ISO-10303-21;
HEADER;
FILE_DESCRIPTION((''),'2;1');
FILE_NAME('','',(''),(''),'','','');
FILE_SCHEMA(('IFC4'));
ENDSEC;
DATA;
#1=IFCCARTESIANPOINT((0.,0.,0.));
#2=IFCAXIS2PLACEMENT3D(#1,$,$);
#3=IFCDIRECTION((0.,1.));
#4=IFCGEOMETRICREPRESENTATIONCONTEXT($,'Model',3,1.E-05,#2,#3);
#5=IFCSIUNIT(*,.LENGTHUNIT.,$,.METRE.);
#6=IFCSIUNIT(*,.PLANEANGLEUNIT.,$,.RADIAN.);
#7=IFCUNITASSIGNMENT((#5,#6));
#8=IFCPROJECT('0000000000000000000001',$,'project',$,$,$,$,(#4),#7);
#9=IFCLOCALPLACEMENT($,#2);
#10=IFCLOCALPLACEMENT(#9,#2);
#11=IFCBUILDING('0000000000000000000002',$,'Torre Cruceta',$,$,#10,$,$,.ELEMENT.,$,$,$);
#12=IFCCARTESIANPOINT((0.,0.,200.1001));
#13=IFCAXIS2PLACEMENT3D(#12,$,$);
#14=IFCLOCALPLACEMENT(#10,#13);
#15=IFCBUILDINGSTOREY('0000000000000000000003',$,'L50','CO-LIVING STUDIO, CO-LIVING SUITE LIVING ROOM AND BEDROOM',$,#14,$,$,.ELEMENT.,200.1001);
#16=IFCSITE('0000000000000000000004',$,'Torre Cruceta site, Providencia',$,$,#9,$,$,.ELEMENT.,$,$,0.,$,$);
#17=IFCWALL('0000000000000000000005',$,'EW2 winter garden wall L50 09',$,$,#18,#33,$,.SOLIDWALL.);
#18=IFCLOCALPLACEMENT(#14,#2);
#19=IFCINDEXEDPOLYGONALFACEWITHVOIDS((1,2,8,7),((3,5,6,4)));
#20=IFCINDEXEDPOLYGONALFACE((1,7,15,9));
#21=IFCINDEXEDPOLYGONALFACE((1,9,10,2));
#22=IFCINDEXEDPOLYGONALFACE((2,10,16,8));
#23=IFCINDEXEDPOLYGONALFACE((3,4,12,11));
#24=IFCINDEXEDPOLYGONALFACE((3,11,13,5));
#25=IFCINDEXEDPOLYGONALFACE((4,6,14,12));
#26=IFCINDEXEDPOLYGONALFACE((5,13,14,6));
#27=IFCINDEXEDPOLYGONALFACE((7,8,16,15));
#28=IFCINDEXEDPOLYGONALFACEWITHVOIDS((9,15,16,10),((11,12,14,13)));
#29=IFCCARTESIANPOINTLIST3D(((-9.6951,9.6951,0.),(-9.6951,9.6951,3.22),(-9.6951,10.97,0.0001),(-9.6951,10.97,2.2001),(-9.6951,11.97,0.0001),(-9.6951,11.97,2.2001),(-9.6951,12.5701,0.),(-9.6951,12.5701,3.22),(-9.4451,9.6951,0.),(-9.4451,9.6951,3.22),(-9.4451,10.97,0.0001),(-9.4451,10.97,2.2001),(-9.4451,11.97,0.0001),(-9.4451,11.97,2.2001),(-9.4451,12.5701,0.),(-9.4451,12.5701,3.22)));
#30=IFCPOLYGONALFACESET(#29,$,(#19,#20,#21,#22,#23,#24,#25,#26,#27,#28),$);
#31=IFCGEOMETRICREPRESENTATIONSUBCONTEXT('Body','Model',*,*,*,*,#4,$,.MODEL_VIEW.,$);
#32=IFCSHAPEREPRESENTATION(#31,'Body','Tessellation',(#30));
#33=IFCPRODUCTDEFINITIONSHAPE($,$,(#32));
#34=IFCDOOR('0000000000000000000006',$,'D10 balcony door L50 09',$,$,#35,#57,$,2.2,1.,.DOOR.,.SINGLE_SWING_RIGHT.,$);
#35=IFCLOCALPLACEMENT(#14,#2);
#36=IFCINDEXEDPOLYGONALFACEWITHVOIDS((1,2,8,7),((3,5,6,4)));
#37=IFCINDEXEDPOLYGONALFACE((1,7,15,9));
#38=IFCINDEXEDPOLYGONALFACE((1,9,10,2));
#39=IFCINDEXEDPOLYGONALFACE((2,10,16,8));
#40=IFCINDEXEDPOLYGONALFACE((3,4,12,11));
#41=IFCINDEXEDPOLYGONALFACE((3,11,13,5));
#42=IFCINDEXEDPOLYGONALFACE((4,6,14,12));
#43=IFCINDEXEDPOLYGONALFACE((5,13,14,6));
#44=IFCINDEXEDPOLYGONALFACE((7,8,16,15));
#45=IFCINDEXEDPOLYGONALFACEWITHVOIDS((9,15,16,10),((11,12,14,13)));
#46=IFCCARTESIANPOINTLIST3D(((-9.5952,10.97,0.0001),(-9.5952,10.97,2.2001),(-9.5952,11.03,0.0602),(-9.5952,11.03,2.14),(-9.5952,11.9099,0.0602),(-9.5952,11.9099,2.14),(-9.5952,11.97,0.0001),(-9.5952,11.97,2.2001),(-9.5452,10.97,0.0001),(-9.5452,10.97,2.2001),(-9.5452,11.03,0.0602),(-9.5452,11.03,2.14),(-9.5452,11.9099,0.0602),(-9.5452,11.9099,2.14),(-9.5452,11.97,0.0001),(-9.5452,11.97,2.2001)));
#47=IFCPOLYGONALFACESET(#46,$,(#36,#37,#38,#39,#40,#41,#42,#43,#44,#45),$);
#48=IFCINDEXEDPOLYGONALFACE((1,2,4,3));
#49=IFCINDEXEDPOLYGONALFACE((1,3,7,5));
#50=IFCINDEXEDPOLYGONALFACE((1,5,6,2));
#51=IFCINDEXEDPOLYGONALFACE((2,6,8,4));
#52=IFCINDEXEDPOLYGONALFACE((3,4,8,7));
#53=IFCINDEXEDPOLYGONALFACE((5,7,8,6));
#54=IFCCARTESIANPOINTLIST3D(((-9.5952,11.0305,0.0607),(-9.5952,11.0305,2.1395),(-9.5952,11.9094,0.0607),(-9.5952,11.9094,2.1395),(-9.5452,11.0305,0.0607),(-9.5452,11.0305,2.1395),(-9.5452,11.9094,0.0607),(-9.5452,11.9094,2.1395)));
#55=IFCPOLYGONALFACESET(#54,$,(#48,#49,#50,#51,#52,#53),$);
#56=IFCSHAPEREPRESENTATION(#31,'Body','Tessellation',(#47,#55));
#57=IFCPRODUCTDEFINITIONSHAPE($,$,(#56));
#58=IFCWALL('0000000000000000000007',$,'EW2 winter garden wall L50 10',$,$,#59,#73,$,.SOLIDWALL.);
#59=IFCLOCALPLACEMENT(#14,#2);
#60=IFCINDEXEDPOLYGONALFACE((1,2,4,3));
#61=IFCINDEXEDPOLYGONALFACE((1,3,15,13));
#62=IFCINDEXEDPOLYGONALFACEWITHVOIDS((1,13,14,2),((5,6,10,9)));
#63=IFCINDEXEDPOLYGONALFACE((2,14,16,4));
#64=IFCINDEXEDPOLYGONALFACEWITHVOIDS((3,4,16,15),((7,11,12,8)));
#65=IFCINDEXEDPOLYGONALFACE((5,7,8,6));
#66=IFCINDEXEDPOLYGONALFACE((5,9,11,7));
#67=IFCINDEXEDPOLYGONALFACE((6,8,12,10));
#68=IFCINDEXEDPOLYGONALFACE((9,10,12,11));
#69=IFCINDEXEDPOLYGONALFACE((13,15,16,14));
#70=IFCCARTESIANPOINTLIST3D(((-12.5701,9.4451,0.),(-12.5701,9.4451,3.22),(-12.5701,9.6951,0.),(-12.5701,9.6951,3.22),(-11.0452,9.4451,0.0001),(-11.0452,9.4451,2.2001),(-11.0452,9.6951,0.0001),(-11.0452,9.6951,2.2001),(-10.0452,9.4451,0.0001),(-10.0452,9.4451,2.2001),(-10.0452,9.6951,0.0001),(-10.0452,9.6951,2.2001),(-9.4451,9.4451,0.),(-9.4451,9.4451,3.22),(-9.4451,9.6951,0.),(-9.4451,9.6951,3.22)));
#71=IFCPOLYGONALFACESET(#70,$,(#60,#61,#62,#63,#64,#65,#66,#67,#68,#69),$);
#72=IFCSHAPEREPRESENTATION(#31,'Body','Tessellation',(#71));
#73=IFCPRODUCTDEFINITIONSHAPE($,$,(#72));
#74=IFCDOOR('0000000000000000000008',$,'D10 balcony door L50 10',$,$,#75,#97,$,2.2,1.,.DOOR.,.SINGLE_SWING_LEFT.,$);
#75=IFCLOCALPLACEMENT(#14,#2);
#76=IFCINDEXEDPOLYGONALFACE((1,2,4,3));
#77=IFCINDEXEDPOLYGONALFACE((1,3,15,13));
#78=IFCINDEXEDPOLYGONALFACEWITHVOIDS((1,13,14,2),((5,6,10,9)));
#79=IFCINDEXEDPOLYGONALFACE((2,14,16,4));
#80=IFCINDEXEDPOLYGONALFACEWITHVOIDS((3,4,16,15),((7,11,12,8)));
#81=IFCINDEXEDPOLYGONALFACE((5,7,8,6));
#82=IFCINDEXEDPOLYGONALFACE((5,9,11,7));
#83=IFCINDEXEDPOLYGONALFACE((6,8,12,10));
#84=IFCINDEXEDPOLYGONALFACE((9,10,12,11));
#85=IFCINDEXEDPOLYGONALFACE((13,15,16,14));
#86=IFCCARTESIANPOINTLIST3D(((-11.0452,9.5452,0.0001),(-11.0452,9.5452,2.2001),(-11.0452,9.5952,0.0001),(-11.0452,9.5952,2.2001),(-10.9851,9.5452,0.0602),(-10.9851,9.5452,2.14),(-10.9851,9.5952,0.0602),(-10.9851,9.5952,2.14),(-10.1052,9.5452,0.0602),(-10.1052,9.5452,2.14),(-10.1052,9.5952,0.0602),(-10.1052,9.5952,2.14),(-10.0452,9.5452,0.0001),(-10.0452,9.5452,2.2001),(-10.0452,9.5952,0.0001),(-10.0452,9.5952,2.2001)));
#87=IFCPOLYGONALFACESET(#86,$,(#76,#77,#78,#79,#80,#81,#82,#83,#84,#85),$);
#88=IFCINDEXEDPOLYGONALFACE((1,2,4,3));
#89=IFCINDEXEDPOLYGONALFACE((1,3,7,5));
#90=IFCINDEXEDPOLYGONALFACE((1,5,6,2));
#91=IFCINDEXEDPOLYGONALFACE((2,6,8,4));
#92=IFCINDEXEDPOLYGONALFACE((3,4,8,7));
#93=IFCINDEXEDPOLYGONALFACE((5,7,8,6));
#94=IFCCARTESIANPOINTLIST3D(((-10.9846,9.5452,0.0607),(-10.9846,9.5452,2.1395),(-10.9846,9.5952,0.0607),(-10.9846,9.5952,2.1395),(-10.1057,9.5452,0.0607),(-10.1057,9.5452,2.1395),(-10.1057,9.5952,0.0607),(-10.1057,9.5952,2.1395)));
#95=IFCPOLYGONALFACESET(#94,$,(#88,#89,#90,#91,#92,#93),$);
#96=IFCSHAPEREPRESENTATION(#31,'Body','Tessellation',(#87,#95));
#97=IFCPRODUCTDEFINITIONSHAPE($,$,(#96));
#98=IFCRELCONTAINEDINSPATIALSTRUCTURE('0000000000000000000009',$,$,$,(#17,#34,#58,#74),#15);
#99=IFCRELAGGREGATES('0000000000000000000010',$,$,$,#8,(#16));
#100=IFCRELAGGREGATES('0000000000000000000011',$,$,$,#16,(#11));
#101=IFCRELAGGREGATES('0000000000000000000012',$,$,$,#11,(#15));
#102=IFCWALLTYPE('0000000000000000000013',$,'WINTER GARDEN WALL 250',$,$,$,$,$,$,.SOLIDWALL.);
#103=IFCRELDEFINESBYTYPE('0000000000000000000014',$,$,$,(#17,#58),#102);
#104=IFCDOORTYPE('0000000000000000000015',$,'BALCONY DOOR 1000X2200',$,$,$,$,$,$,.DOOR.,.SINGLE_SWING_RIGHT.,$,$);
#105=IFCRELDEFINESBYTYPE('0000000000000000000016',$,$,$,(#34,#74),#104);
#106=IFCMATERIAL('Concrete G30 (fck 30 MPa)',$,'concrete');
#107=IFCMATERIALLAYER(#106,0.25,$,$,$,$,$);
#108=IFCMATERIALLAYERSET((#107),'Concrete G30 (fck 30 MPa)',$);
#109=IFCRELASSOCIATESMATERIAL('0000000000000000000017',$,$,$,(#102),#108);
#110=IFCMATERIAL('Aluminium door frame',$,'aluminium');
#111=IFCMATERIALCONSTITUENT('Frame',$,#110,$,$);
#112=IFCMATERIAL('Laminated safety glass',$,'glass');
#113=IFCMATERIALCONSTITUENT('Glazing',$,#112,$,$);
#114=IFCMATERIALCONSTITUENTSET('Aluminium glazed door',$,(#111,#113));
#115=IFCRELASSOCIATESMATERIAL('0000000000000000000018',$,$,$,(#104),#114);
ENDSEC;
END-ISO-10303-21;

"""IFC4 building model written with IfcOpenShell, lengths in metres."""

from ifc_helpers import new_model, si_unit, direction, frame, frame_2d, origin, place, context, subcontext, project, spatial, rectangle, hollow_rectangle, extrude, material, layer, layer_set, constituent, constituent_set, type_object, element, fill, save


model = new_model("IFC4")

# Units and contexts
model_context = context("Model", 3, precision=1e-05, world=origin(), true_north=direction((0.0, 1.0)))
body_context = subcontext(model_context, "Body", "Model", "MODEL_VIEW")
ifc_project = project(units=[si_unit("LENGTHUNIT", "METRE"), si_unit("PLANEANGLEUNIT", "RADIAN")], contexts=[model_context])

# Site, building, storey
site_placement = place(None, origin())
site = spatial("IfcSite", under=ifc_project, at=site_placement, Name="Torre Cruceta site, Providencia", CompositionType="ELEMENT", RefElevation=0.0)
building_placement = place(site_placement, origin())
building = spatial("IfcBuilding", under=site, at=building_placement, Name="Torre Cruceta", CompositionType="ELEMENT")
storey_placement = place(building_placement, frame((0.0, 0.0, 200.1001)))
storey = spatial("IfcBuildingStorey", under=building, at=storey_placement, Name="L50", Description="CO-LIVING STUDIO, CO-LIVING SUITE LIVING ROOM AND BEDROOM", CompositionType="ELEMENT", Elevation=200.1001)

# Walls, openings, doors
ifc_material_1 = material(Name="Concrete G30 (fck 30 MPa)", Category="concrete")
ifc_layer_1 = layer(ifc_material_1, 0.25)
ifc_layer_set_1 = layer_set([ifc_layer_1], Name="Concrete G30 (fck 30 MPa)")
wall_type_1 = type_object("IfcWallType", Name="WINTER GARDEN WALL 250", PredefinedType="SOLIDWALL", material=ifc_layer_set_1)
wall_1_placement = place(storey_placement, frame((-9.5701, 12.5701, 0.0), z_axis=(0.0, 0.0, 1.0), x_axis=(0.0, -1.0, 0.0)))
wall_1 = element("IfcWall", 1, at=wall_1_placement, inside=storey, type_object=wall_type_1, Name="EW2 winter garden wall L50 09", PredefinedType="SOLIDWALL", context=body_context, shape_type="SweptSolid", body=[
    extrude(rectangle(XDim=2.875, YDim=0.25, at=frame_2d((1.4375, 0.0))), origin(), (0.0, 0.0, 1.0), 3.22),
])
opening_1_placement = place(wall_1_placement, frame((0.6001, 0.0, 0.0)))
opening_1 = element("IfcOpeningElement", 2, at=opening_1_placement, cuts=wall_1, PredefinedType="OPENING", context=body_context, shape_type="SweptSolid", body=[
    extrude(rectangle(XDim=1.0, YDim=2.2, at=frame_2d((0.5, 1.1001))), frame((0.0, 0.135, 0.0), z_axis=(0.0, -1.0, 0.0), x_axis=(1.0, 0.0, 0.0)), (0.0, 0.0, 1.0), 0.27),
])
ifc_material_2 = material(Name="Aluminium door frame", Category="aluminium")
ifc_constituent_1 = constituent(ifc_material_2, Name="Frame")
ifc_material_3 = material(Name="Laminated safety glass", Category="glass")
ifc_constituent_2 = constituent(ifc_material_3, Name="Glazing")
ifc_constituent_set_1 = constituent_set(constituents=[ifc_constituent_1, ifc_constituent_2], Name="Aluminium glazed door")
door_type_1 = type_object("IfcDoorType", Name="BALCONY DOOR 1000X2200", OperationType="SINGLE_SWING_RIGHT", PredefinedType="DOOR", material=ifc_constituent_set_1)
door_1_placement = place(opening_1_placement, origin())
door_1 = element("IfcDoor", 3, at=door_1_placement, inside=storey, type_object=door_type_1, Name="D10 balcony door L50 09", OperationType="SINGLE_SWING_RIGHT", OverallHeight=2.2, OverallWidth=1.0, PredefinedType="DOOR", context=body_context, shape_type="SweptSolid", body=[
    extrude(hollow_rectangle(XDim=1.0, YDim=2.2, WallThickness=0.0601, at=frame_2d((0.5, 1.1001))), frame((0.0, 0.0249, 0.0), z_axis=(0.0, -1.0, 0.0), x_axis=(1.0, 0.0, 0.0)), (0.0, 0.0, 1.0), 0.05),
    extrude(rectangle(XDim=0.8789, YDim=2.0789, at=frame_2d((0.5, 1.1001))), frame((0.0, 0.0249, 0.0), z_axis=(0.0, -1.0, 0.0), x_axis=(1.0, 0.0, 0.0)), (0.0, 0.0, 1.0), 0.05),
])
fill(opening_1, door_1)
wall_2_placement = place(storey_placement, frame((-9.4451, 9.5701, 0.0), z_axis=(0.0, 0.0, 1.0), x_axis=(-1.0, 0.0, 0.0)))
wall_2 = element("IfcWall", 4, at=wall_2_placement, inside=storey, type_object=wall_type_1, Name="EW2 winter garden wall L50 10", PredefinedType="SOLIDWALL", context=body_context, shape_type="SweptSolid", body=[
    extrude(rectangle(XDim=3.125, YDim=0.25, at=frame_2d((1.5625, 0.0))), origin(), (0.0, 0.0, 1.0), 3.22),
])
opening_2_placement = place(wall_2_placement, frame((0.6001, 0.0, 0.0)))
opening_2 = element("IfcOpeningElement", 5, at=opening_2_placement, cuts=wall_2, PredefinedType="OPENING", context=body_context, shape_type="SweptSolid", body=[
    extrude(rectangle(XDim=1.0, YDim=2.2, at=frame_2d((0.5, 1.1001))), frame((0.0, 0.135, 0.0), z_axis=(0.0, -1.0, 0.0), x_axis=(1.0, 0.0, 0.0)), (0.0, 0.0, 1.0), 0.27),
])
door_2_placement = place(opening_2_placement, origin())
door_2 = element("IfcDoor", 6, at=door_2_placement, inside=storey, type_object=door_type_1, Name="D10 balcony door L50 10", OperationType="SINGLE_SWING_LEFT", OverallHeight=2.2, OverallWidth=1.0, PredefinedType="DOOR", context=body_context, shape_type="SweptSolid", body=[
    extrude(hollow_rectangle(XDim=1.0, YDim=2.2, WallThickness=0.0601, at=frame_2d((0.5, 1.1001))), frame((0.0, 0.0249, 0.0), z_axis=(0.0, -1.0, 0.0), x_axis=(1.0, 0.0, 0.0)), (0.0, 0.0, 1.0), 0.05),
    extrude(rectangle(XDim=0.8789, YDim=2.0789, at=frame_2d((0.5, 1.1001))), frame((0.0, 0.0249, 0.0), z_axis=(0.0, -1.0, 0.0), x_axis=(1.0, 0.0, 0.0)), (0.0, 0.0, 1.0), 0.05),
])
fill(opening_2, door_2)

save(model, "model.ifc")
